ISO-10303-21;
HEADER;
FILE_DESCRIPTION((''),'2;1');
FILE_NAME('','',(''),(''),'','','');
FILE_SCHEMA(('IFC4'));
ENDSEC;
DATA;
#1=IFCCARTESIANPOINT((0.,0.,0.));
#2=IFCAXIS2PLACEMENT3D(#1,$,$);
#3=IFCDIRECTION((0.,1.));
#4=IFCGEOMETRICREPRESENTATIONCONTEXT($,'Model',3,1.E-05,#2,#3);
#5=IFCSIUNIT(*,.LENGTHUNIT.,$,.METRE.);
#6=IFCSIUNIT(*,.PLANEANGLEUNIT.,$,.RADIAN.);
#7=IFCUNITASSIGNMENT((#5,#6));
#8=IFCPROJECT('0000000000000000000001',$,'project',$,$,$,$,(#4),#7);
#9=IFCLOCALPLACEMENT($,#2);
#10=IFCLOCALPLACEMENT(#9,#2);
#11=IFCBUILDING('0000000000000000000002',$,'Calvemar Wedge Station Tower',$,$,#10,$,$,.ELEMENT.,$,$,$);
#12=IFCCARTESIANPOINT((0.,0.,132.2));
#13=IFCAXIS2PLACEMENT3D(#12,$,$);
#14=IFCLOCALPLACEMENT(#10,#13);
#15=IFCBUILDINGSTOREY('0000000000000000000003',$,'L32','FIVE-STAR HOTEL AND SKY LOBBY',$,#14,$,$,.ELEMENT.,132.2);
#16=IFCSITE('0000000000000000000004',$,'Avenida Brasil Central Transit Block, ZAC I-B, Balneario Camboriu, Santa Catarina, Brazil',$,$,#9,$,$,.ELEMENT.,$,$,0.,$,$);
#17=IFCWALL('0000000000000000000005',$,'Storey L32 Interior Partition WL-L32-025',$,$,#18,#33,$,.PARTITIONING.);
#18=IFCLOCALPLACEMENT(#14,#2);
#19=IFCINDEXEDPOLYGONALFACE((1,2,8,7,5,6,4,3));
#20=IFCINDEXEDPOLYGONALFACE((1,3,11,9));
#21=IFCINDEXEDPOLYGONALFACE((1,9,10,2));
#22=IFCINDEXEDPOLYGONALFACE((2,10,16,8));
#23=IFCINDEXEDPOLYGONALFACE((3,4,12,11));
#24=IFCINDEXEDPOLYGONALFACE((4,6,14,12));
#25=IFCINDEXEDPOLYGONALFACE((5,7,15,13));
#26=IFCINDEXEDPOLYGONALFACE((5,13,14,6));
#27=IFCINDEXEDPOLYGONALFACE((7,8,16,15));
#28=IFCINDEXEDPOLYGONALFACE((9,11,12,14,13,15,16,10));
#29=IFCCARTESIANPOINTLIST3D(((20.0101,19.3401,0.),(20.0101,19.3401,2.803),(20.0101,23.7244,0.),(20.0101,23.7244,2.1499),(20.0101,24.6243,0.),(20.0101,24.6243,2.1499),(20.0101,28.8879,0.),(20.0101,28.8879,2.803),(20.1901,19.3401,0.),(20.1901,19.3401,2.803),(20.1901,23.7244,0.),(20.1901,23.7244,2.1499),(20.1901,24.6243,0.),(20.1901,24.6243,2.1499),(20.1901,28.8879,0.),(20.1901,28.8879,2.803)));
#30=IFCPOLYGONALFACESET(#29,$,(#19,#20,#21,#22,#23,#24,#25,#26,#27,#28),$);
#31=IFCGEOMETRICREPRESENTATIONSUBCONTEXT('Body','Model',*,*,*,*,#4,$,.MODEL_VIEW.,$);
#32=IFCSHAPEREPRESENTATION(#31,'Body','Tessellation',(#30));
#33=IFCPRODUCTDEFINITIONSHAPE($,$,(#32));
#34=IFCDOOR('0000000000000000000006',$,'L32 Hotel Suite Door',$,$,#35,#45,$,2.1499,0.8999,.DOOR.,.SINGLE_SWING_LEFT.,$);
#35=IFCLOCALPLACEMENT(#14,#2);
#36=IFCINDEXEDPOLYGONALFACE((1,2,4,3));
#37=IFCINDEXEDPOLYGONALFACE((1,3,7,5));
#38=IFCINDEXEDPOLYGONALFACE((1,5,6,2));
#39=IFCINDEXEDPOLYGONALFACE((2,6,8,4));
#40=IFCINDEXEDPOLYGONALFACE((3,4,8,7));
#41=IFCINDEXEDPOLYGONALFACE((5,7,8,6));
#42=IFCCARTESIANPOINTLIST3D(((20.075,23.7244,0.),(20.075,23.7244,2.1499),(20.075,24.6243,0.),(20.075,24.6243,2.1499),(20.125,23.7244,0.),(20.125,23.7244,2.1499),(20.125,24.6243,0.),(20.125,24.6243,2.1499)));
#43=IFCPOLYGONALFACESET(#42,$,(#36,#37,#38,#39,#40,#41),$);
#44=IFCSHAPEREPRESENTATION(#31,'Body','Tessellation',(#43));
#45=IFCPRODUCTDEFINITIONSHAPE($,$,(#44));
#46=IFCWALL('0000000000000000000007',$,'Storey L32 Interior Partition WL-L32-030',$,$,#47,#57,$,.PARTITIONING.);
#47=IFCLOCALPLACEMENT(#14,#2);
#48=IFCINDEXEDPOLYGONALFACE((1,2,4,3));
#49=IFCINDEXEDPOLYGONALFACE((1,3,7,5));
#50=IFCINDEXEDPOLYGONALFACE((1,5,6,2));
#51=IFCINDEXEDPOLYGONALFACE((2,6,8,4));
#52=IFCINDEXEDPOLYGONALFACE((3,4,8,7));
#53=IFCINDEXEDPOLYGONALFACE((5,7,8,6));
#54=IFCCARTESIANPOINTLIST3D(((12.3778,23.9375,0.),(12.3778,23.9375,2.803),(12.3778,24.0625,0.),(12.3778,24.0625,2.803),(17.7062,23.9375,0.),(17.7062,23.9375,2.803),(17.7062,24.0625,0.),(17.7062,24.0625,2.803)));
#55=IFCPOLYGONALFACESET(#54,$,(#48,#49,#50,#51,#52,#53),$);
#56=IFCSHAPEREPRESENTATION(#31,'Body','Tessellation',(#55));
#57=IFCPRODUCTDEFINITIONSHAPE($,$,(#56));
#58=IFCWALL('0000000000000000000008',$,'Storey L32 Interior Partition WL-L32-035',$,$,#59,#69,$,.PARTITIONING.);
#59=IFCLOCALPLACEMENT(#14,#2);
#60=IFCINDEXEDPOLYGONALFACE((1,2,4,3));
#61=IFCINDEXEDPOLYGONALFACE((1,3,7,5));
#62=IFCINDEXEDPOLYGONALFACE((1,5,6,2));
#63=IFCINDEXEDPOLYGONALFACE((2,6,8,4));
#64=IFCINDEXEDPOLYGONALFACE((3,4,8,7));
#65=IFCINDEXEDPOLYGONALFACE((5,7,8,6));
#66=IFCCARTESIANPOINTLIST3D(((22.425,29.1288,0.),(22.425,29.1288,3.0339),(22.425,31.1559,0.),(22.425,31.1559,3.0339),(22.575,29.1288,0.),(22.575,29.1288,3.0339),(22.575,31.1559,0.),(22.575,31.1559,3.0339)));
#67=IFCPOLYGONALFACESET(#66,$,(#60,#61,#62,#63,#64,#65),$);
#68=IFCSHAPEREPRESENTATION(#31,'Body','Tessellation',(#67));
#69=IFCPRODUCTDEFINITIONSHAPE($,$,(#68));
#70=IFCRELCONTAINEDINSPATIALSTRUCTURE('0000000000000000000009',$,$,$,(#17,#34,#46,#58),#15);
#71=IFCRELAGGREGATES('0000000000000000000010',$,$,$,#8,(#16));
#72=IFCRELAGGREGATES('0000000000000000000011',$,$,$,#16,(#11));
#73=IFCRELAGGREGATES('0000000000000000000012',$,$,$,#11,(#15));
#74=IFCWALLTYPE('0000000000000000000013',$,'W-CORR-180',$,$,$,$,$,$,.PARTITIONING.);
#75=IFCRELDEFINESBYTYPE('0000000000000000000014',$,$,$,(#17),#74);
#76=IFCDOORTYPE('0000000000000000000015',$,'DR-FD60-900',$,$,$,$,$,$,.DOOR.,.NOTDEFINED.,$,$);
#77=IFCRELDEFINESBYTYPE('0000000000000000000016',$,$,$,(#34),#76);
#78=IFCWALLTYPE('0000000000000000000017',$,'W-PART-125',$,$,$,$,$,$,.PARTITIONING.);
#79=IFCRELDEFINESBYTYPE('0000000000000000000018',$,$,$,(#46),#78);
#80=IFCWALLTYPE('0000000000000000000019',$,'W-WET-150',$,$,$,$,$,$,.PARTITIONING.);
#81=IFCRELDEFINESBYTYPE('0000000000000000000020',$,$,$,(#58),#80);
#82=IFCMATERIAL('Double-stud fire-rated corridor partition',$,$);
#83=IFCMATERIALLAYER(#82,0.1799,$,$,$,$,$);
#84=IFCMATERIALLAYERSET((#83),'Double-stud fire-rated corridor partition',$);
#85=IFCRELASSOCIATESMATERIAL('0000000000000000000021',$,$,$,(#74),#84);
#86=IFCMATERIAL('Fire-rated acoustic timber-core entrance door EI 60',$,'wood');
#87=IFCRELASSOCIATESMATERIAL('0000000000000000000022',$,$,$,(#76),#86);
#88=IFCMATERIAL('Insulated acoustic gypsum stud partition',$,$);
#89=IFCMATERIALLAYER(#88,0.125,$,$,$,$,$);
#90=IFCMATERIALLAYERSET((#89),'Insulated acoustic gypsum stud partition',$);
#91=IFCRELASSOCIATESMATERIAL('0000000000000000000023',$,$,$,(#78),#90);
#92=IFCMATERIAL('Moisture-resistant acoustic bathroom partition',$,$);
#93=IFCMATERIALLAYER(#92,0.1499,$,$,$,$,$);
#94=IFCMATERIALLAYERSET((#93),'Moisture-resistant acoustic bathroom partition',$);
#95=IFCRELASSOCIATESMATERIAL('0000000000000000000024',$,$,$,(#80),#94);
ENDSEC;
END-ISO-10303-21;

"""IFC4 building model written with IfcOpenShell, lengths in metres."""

from ifc_helpers import new_model, si_unit, direction, frame, frame_2d, origin, place, context, subcontext, project, spatial, rectangle, extrude, source, transform, mapped, material, layer, layer_set, type_object, element, fill, save


model = new_model("IFC4")

# Units and contexts
model_context = context("Model", 3, precision=1e-05, world=origin(), true_north=direction((0.0, 1.0)))
body_context = subcontext(model_context, "Body", "Model", "MODEL_VIEW")
ifc_project = project(units=[si_unit("LENGTHUNIT", "METRE"), si_unit("PLANEANGLEUNIT", "RADIAN")], contexts=[model_context])

# Site, building, storey
site_placement = place(None, origin())
site = spatial("IfcSite", under=ifc_project, at=site_placement, Name="Avenida Brasil Central Transit Block, ZAC I-B, Balneario Camboriu, Santa Catarina, Brazil", CompositionType="ELEMENT", RefElevation=0.0)
building_placement = place(site_placement, origin())
building = spatial("IfcBuilding", under=site, at=building_placement, Name="Calvemar Wedge Station Tower", CompositionType="ELEMENT")
storey_placement = place(building_placement, frame((0.0, 0.0, 132.2)))
storey = spatial("IfcBuildingStorey", under=building, at=storey_placement, Name="L32", Description="FIVE-STAR HOTEL AND SKY LOBBY", CompositionType="ELEMENT", Elevation=132.2)

# Shared definitions
ifc_material_1 = material(Name="Double-stud fire-rated corridor partition")
ifc_layer_1 = layer(ifc_material_1, 0.1799)
ifc_layer_set_1 = layer_set([ifc_layer_1], Name="Double-stud fire-rated corridor partition")
wall_type_1 = type_object("IfcWallType", Name="W-CORR-180", PredefinedType="PARTITIONING", material=ifc_layer_set_1)

# Wall, opening, door
wall_1_placement = place(storey_placement, frame((20.1001, 28.8879, 0.0), z_axis=(0.0, 0.0, 1.0), x_axis=(0.0, -1.0, 0.0)))
wall_1 = element("IfcWall", 1, at=wall_1_placement, inside=storey, type_object=wall_type_1, Name="Storey L32 Interior Partition WL-L32-025", PredefinedType="PARTITIONING", context=body_context, shape_type="SweptSolid", body=[
    extrude(rectangle(XDim=9.5479, YDim=0.1799, at=frame_2d((4.7739, 0.0))), origin(), (0.0, 0.0, 1.0), 2.803),
])
shared_shape_1 = source(origin(), body_context, "Body", "SweptSolid", [
    extrude(rectangle(XDim=0.8999, YDim=2.1499, at=frame_2d((0.45, 1.075))), frame((0.0, 0.1001, 0.0), z_axis=(0.0, -1.0, 0.0), x_axis=(1.0, 0.0, 0.0)), (0.0, 0.0, 1.0), 0.2),
])
opening_1_placement = place(wall_1_placement, frame((4.2637, 0.0, 0.0)))
opening_1 = element("IfcOpeningElement", 2, at=opening_1_placement, cuts=wall_1, PredefinedType="OPENING", context=body_context, shape_type="MappedRepresentation", body=[
    mapped(shared_shape_1, transform((0.0, 0.0, 0.0), scale=1.0)),
])
ifc_material_2 = material(Name="Fire-rated acoustic timber-core entrance door EI 60", Category="wood")
door_type_1 = type_object("IfcDoorType", Name="DR-FD60-900", OperationType="NOTDEFINED", PredefinedType="DOOR", material=ifc_material_2)
shared_shape_2 = source(origin(), body_context, "Body", "SweptSolid", [
    extrude(rectangle(XDim=0.8999, YDim=2.1499, at=frame_2d((0.45, 1.075))), frame((0.0, 0.0249, 0.0), z_axis=(0.0, -1.0, 0.0), x_axis=(1.0, 0.0, 0.0)), (0.0, 0.0, 1.0), 0.05),
])
door_1_placement = place(opening_1_placement, origin())
door_1 = element("IfcDoor", 3, at=door_1_placement, inside=storey, type_object=door_type_1, Name="L32 Hotel Suite Door", OperationType="SINGLE_SWING_LEFT", OverallHeight=2.1499, OverallWidth=0.8999, PredefinedType="DOOR", context=body_context, shape_type="MappedRepresentation", body=[
    mapped(shared_shape_2, transform((0.0, 0.0, 0.0), scale=1.0)),
])
fill(opening_1, door_1)

# Wall
ifc_material_3 = material(Name="Insulated acoustic gypsum stud partition")
ifc_layer_2 = layer(ifc_material_3, 0.125)
ifc_layer_set_2 = layer_set([ifc_layer_2], Name="Insulated acoustic gypsum stud partition")
wall_type_2 = type_object("IfcWallType", Name="W-PART-125", PredefinedType="PARTITIONING", material=ifc_layer_set_2)
wall_2_placement = place(storey_placement, frame((17.7061, 24.0, 0.0), z_axis=(0.0, 0.0, 1.0), x_axis=(-1.0, 0.0, 0.0)))
element("IfcWall", 4, at=wall_2_placement, inside=storey, type_object=wall_type_2, Name="Storey L32 Interior Partition WL-L32-030", PredefinedType="PARTITIONING", context=body_context, shape_type="SweptSolid", body=[
    extrude(rectangle(XDim=5.3284, YDim=0.125, at=frame_2d((2.6641, 0.0))), origin(), (0.0, 0.0, 1.0), 2.803),
])

# Shared definitions
ifc_material_4 = material(Name="Moisture-resistant acoustic bathroom partition")
ifc_layer_3 = layer(ifc_material_4, 0.1499)
ifc_layer_set_3 = layer_set([ifc_layer_3], Name="Moisture-resistant acoustic bathroom partition")
wall_type_3 = type_object("IfcWallType", Name="W-WET-150", PredefinedType="PARTITIONING", material=ifc_layer_set_3)

# Wall
wall_3_placement = place(storey_placement, frame((22.5, 31.156, 0.0), z_axis=(0.0, 0.0, 1.0), x_axis=(0.0, -1.0, 0.0)))
element("IfcWall", 5, at=wall_3_placement, inside=storey, type_object=wall_type_3, Name="Storey L32 Interior Partition WL-L32-035", PredefinedType="PARTITIONING", context=body_context, shape_type="SweptSolid", body=[
    extrude(rectangle(XDim=2.0271, YDim=0.1499, at=frame_2d((1.0137, 0.0))), origin(), (0.0, 0.0, 1.0), 3.0339),
])

save(model, "model.ifc")
